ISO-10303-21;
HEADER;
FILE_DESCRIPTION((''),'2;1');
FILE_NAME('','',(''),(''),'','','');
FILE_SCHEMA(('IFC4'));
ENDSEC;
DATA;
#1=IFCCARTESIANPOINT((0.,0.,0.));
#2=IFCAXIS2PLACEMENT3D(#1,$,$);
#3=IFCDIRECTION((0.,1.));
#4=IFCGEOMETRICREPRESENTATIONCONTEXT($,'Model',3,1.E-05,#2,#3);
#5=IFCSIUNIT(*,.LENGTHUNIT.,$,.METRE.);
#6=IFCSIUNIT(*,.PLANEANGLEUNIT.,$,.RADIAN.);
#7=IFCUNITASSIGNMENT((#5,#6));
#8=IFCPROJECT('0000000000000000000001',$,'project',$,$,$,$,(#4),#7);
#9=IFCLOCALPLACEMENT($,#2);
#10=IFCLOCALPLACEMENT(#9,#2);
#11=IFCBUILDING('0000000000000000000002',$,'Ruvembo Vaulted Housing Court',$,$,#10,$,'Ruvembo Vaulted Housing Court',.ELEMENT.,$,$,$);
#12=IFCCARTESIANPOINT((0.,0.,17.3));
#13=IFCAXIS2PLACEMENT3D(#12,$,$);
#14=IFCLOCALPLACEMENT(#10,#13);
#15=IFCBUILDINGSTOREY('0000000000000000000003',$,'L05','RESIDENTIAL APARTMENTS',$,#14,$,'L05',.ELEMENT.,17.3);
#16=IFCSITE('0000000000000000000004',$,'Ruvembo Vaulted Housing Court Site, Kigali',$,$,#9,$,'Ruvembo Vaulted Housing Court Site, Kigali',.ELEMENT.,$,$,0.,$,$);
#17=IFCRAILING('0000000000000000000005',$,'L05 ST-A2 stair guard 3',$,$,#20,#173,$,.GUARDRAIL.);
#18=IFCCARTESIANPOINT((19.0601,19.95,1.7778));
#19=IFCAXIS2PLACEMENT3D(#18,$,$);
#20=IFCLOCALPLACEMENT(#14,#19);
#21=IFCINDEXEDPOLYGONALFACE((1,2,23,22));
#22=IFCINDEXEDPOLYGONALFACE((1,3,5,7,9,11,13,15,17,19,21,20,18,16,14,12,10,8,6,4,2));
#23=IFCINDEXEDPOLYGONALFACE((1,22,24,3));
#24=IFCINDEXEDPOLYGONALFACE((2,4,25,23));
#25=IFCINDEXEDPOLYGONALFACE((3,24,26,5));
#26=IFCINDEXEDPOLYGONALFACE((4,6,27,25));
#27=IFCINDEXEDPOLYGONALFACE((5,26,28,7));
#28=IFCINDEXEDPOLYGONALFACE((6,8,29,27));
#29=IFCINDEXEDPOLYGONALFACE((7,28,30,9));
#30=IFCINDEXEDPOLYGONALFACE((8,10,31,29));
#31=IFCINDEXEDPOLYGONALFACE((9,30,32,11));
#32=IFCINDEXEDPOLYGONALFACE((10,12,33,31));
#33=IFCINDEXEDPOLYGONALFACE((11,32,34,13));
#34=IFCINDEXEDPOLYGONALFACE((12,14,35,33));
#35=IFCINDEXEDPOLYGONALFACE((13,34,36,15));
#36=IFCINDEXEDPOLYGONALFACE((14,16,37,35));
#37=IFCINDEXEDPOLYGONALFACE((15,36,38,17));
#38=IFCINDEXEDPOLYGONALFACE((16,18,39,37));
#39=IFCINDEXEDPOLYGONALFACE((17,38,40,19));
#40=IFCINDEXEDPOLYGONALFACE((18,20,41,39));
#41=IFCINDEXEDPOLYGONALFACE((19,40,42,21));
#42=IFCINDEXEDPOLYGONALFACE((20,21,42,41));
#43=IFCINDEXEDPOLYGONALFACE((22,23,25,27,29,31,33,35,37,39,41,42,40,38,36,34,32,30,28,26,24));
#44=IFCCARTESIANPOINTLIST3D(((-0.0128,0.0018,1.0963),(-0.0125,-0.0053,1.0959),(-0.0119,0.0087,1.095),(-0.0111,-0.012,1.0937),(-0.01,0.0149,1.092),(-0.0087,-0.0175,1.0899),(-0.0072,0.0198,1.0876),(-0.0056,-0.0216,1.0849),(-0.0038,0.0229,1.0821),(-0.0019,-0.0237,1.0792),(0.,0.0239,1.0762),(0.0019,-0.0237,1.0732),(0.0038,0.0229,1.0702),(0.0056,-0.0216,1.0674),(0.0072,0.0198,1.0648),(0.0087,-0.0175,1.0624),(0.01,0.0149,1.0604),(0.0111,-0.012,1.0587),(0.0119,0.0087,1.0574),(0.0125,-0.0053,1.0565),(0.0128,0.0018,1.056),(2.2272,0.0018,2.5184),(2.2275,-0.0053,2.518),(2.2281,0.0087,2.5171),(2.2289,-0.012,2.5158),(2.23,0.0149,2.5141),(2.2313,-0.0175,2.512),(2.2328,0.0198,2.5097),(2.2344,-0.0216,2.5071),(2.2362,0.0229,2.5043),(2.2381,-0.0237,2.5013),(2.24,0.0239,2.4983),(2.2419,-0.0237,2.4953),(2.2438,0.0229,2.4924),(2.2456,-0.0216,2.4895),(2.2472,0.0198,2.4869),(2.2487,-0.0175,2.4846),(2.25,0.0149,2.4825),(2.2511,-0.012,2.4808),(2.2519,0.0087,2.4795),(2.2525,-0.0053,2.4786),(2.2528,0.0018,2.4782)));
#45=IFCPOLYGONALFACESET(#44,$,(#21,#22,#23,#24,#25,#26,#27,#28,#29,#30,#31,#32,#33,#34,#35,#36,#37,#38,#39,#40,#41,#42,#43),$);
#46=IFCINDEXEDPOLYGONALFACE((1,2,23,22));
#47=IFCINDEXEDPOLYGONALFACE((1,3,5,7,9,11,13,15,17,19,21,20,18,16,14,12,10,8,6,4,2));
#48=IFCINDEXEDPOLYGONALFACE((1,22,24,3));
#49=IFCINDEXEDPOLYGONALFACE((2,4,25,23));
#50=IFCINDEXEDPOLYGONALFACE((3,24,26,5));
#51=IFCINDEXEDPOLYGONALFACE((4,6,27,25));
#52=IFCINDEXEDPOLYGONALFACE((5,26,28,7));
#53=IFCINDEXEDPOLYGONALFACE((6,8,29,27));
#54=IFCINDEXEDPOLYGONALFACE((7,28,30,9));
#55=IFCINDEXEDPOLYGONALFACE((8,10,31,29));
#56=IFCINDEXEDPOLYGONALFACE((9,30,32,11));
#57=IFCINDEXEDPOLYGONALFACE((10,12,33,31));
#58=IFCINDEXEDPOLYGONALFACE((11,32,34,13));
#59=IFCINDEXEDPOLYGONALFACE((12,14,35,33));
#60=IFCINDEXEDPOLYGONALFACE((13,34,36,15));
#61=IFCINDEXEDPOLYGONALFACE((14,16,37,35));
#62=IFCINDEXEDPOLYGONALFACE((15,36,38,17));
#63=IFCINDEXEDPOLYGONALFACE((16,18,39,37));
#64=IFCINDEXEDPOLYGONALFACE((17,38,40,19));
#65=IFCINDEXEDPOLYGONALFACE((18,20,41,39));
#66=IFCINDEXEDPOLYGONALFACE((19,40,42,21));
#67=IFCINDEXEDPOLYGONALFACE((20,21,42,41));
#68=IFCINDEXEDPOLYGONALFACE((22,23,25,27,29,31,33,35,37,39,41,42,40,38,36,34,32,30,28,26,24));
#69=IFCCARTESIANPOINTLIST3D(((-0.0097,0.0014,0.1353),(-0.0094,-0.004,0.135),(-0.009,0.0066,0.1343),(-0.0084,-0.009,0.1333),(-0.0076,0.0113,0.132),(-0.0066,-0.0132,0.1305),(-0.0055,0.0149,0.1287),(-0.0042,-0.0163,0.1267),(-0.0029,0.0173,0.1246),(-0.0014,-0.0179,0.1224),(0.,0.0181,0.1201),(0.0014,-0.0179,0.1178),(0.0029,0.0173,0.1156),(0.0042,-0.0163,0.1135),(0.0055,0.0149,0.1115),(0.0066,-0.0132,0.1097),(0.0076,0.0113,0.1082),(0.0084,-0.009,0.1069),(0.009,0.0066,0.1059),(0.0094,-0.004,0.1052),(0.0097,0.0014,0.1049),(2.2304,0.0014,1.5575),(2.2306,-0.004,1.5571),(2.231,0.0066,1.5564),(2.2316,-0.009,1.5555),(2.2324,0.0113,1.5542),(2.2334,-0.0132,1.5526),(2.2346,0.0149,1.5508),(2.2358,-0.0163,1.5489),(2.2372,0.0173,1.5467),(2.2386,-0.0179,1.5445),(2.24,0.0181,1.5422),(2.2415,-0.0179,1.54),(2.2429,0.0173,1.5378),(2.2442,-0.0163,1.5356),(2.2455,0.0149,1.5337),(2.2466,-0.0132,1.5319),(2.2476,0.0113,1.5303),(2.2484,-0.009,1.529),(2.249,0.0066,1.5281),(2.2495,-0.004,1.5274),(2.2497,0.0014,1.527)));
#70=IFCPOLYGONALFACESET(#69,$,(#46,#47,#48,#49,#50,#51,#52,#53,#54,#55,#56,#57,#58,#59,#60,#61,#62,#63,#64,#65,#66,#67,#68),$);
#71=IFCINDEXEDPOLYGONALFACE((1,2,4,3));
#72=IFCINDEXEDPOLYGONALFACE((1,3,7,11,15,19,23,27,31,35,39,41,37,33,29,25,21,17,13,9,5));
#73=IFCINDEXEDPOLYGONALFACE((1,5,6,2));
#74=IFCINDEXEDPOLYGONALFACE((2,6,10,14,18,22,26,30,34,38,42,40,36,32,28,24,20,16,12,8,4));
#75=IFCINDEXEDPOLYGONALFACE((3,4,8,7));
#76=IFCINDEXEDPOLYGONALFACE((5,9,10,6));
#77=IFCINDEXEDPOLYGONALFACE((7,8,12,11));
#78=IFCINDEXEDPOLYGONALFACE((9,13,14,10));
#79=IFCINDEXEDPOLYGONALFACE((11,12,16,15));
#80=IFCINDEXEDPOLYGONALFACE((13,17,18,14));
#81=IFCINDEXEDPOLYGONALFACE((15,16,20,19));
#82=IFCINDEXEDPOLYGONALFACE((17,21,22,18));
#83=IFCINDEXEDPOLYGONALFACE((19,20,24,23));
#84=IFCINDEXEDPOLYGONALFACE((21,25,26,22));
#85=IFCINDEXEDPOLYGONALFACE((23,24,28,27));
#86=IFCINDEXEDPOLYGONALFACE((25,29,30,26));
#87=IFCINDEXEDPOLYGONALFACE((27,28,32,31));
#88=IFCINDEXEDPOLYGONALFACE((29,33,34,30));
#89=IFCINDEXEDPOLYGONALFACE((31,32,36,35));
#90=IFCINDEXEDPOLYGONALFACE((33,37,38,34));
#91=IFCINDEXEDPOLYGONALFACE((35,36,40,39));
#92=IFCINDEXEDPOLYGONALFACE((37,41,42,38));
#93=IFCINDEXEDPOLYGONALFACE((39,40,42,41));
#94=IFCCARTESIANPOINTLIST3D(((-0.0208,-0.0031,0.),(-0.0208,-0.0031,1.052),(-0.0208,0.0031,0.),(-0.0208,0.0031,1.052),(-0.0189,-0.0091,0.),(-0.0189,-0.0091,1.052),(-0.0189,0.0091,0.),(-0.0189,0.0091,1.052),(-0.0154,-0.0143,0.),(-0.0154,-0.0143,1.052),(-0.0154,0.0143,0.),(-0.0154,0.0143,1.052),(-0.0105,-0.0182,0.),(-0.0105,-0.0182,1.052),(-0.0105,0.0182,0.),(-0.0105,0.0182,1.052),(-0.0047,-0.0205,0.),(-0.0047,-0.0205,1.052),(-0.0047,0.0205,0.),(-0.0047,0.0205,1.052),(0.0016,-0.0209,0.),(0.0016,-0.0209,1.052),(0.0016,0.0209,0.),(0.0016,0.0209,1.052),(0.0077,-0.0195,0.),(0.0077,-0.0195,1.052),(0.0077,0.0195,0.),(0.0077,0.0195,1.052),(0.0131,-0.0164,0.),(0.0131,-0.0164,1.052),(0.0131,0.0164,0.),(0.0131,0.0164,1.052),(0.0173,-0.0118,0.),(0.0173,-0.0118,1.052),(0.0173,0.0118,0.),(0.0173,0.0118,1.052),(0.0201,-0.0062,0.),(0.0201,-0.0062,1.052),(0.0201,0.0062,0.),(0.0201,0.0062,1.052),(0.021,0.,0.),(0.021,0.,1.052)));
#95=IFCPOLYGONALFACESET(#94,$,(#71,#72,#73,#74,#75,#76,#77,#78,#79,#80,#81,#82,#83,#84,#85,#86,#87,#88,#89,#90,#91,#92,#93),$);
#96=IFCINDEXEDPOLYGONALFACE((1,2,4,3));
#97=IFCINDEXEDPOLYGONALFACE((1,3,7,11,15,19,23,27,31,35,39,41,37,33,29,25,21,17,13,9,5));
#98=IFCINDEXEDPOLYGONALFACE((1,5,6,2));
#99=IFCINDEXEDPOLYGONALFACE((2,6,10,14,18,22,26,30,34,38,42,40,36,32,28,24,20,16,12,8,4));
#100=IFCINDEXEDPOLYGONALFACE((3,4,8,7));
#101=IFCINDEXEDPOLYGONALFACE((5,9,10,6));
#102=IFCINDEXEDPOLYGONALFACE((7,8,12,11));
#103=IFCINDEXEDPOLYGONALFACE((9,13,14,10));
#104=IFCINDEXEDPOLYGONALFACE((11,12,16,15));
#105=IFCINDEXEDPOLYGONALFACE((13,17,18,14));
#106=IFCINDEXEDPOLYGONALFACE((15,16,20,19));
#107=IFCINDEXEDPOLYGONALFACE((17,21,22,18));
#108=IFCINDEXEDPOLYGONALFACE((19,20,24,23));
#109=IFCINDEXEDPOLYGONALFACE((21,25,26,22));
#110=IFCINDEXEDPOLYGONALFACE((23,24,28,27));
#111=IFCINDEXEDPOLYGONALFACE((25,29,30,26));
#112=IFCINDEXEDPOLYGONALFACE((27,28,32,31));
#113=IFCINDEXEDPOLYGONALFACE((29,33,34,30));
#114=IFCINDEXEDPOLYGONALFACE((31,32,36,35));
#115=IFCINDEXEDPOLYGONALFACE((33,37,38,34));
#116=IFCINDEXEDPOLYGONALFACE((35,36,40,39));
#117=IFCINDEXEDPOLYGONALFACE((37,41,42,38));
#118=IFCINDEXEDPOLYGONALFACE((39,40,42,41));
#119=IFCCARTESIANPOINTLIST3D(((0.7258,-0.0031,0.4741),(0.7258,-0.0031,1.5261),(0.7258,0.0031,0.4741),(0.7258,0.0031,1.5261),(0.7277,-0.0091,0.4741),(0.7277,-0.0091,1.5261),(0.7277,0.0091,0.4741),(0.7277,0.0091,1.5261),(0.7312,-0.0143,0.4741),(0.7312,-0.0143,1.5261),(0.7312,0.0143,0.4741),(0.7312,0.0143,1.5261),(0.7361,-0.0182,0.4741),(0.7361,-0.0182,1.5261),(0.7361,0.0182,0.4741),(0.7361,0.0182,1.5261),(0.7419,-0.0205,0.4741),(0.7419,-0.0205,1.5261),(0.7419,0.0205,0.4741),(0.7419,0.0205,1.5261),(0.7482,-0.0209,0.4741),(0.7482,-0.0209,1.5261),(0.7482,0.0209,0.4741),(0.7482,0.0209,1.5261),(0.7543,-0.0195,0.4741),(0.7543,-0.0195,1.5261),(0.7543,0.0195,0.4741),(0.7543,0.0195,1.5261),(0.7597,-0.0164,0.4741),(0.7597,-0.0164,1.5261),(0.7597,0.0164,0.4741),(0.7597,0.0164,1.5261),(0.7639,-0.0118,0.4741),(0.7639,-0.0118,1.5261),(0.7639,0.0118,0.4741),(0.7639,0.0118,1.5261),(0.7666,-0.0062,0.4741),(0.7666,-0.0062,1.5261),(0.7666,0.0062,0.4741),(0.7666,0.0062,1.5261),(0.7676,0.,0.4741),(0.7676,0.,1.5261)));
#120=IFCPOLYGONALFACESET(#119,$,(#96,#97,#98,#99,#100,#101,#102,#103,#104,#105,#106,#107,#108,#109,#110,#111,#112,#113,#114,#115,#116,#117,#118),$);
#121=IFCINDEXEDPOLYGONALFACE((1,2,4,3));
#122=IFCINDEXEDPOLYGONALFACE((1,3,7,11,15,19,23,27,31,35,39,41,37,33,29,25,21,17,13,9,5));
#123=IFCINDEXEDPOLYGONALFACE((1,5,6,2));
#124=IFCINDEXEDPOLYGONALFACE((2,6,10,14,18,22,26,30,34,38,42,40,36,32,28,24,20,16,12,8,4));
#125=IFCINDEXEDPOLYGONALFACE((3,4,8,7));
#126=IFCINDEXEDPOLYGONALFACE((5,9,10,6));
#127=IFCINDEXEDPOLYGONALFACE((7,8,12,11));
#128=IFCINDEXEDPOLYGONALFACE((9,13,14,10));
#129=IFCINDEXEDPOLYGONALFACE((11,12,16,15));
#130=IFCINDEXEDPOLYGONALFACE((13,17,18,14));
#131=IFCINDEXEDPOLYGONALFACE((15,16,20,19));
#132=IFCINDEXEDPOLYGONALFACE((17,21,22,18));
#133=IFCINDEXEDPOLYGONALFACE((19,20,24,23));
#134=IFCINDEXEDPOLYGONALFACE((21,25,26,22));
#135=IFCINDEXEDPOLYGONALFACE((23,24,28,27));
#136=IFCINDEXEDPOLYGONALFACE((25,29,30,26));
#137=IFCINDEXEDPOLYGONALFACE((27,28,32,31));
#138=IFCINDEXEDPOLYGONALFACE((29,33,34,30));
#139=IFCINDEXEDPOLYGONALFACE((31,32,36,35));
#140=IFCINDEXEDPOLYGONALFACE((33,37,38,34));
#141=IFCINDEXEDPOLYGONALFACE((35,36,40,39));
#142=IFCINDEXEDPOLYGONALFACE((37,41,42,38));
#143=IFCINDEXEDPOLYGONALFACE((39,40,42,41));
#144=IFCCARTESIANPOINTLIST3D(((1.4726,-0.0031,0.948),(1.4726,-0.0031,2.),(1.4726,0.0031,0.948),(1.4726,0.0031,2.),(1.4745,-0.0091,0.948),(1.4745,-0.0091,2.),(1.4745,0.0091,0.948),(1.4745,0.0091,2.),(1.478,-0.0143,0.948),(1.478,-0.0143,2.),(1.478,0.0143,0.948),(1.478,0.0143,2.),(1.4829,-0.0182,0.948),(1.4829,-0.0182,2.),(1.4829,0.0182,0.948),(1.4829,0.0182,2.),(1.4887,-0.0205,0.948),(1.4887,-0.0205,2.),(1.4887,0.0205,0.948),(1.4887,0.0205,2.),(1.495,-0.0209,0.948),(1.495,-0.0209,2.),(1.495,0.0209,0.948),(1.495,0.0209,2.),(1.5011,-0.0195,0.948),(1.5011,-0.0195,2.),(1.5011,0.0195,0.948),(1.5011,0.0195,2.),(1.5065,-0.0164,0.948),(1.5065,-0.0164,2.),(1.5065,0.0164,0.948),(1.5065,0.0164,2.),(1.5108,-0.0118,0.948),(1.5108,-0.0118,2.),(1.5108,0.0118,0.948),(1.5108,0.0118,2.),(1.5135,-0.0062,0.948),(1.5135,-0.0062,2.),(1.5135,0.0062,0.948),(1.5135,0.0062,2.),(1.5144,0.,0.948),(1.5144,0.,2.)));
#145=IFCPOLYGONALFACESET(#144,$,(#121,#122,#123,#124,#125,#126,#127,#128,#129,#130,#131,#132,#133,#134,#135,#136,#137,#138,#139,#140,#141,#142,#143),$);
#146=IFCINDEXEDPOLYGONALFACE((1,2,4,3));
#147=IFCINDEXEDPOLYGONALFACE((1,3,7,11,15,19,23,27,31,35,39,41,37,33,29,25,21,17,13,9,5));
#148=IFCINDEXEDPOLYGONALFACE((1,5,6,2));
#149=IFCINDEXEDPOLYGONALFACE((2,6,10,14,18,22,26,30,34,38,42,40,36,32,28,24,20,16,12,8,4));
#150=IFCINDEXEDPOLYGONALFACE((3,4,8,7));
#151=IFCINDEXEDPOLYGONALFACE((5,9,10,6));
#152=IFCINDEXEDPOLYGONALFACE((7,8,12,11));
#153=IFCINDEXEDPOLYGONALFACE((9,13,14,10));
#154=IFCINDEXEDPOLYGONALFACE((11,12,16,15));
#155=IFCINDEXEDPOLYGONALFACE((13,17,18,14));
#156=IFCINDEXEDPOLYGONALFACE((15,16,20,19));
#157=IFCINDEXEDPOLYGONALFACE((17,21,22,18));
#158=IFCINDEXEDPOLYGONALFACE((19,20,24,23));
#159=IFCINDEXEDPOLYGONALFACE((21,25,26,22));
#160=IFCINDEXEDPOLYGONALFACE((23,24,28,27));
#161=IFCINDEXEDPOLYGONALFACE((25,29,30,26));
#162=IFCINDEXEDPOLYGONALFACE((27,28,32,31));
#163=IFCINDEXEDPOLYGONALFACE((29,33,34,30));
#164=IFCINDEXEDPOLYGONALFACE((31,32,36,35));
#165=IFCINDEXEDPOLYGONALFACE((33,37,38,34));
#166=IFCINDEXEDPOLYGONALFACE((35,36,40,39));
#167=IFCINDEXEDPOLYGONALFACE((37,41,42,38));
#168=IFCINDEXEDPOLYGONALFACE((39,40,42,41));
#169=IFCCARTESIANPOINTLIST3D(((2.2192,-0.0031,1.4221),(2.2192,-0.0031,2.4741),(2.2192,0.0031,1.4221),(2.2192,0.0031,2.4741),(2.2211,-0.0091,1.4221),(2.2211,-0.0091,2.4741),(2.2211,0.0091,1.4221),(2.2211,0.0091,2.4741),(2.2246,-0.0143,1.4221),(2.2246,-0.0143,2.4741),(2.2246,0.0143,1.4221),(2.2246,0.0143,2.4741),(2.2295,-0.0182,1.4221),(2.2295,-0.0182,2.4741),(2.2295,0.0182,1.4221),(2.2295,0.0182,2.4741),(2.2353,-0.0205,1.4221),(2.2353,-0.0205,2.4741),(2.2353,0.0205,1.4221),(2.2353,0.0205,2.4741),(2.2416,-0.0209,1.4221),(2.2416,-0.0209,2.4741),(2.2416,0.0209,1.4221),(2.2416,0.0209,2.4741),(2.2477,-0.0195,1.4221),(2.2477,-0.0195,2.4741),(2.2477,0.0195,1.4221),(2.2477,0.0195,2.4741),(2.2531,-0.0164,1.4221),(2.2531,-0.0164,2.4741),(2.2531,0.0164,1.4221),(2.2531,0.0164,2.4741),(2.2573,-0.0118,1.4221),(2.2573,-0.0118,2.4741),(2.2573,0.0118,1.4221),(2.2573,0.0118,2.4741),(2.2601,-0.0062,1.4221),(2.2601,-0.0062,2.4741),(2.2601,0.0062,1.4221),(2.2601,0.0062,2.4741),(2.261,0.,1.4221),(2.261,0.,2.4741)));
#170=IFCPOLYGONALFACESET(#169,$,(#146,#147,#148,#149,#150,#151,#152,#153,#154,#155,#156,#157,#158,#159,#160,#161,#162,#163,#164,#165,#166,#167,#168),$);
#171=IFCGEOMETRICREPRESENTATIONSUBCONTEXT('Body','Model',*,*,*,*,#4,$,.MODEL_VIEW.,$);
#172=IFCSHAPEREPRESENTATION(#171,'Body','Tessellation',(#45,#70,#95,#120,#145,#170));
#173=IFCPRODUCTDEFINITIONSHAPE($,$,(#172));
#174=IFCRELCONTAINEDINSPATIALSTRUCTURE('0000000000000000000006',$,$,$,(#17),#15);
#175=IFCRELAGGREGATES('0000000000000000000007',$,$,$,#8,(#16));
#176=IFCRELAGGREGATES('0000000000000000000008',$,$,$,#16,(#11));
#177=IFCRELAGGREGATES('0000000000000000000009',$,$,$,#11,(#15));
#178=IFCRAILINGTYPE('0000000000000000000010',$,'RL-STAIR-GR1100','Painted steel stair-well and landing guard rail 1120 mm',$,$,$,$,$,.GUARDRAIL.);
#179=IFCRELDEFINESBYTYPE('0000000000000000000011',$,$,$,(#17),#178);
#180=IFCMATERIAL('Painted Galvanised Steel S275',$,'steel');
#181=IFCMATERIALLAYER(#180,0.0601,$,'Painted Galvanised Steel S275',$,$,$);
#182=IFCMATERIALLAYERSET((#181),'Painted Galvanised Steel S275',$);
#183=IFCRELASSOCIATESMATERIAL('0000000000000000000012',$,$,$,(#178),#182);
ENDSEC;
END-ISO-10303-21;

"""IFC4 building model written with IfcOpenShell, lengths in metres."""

from ifc_helpers import new_model, si_unit, direction, frame, origin, origin_2d, place, context, subcontext, project, spatial, circle, extrude, material, layer, layer_set, type_object, element, save


model = new_model("IFC4")

# Units and contexts
model_context = context("Model", 3, precision=1e-05, world=origin(), true_north=direction((0.0, 1.0)))
body_context = subcontext(model_context, "Body", "Model", "MODEL_VIEW")
ifc_project = project(units=[si_unit("LENGTHUNIT", "METRE"), si_unit("PLANEANGLEUNIT", "RADIAN")], contexts=[model_context])

# Site, building, storey
site_placement = place(None, origin())
site = spatial("IfcSite", under=ifc_project, at=site_placement, Name="Ruvembo Vaulted Housing Court Site, Kigali", LongName="Ruvembo Vaulted Housing Court Site, Kigali", CompositionType="ELEMENT", RefElevation=0.0)
building_placement = place(site_placement, origin())
building = spatial("IfcBuilding", under=site, at=building_placement, Name="Ruvembo Vaulted Housing Court", LongName="Ruvembo Vaulted Housing Court", CompositionType="ELEMENT")
storey_placement = place(building_placement, frame((0.0, 0.0, 17.3)))
storey = spatial("IfcBuildingStorey", under=building, at=storey_placement, Name="L05", Description="RESIDENTIAL APARTMENTS", LongName="L05", CompositionType="ELEMENT", Elevation=17.3)

# Railing
ifc_material_1 = material(Name="Painted Galvanised Steel S275", Category="steel")
ifc_layer_1 = layer(ifc_material_1, 0.0601, Name="Painted Galvanised Steel S275")
ifc_layer_set_1 = layer_set([ifc_layer_1], Name="Painted Galvanised Steel S275")
railing_type_1 = type_object("IfcRailingType", Name="RL-STAIR-GR1100", Description="Painted steel stair-well and landing guard rail 1120 mm", PredefinedType="GUARDRAIL", material=ifc_layer_set_1)
railing_1_placement = place(storey_placement, frame((19.0601, 19.95, 1.7778)))
element("IfcRailing", 1, at=railing_1_placement, inside=storey, type_object=railing_type_1, Name="L05 ST-A2 stair guard 3", PredefinedType="GUARDRAIL", context=body_context, shape_type="SweptSolid", body=[
    extrude(circle(Radius=0.0239, at=origin_2d()), frame((0.0, 0.0, 1.0762), z_axis=(0.844229, 0.0, 0.535982), x_axis=(0.0, 1.0, 0.0)), (0.0, 0.0, 1.0), 2.6533),
    extrude(circle(Radius=0.0181, at=origin_2d()), frame((0.0, 0.0, 0.1201), z_axis=(0.844229, 0.0, 0.535982), x_axis=(0.0, 1.0, 0.0)), (0.0, 0.0, 1.0), 2.6533),
    extrude(circle(Radius=0.021, at=origin_2d()), origin(), (0.0, 0.0, 1.0), 1.052),
    extrude(circle(Radius=0.021, at=origin_2d()), frame((0.7466, 0.0, 0.4741)), (0.0, 0.0, 1.0), 1.052),
    extrude(circle(Radius=0.021, at=origin_2d()), frame((1.4934, 0.0, 0.948)), (0.0, 0.0, 1.0), 1.052),
    extrude(circle(Radius=0.021, at=origin_2d()), frame((2.24, 0.0, 1.4221)), (0.0, 0.0, 1.0), 1.052),
])

save(model, "model.ifc")
